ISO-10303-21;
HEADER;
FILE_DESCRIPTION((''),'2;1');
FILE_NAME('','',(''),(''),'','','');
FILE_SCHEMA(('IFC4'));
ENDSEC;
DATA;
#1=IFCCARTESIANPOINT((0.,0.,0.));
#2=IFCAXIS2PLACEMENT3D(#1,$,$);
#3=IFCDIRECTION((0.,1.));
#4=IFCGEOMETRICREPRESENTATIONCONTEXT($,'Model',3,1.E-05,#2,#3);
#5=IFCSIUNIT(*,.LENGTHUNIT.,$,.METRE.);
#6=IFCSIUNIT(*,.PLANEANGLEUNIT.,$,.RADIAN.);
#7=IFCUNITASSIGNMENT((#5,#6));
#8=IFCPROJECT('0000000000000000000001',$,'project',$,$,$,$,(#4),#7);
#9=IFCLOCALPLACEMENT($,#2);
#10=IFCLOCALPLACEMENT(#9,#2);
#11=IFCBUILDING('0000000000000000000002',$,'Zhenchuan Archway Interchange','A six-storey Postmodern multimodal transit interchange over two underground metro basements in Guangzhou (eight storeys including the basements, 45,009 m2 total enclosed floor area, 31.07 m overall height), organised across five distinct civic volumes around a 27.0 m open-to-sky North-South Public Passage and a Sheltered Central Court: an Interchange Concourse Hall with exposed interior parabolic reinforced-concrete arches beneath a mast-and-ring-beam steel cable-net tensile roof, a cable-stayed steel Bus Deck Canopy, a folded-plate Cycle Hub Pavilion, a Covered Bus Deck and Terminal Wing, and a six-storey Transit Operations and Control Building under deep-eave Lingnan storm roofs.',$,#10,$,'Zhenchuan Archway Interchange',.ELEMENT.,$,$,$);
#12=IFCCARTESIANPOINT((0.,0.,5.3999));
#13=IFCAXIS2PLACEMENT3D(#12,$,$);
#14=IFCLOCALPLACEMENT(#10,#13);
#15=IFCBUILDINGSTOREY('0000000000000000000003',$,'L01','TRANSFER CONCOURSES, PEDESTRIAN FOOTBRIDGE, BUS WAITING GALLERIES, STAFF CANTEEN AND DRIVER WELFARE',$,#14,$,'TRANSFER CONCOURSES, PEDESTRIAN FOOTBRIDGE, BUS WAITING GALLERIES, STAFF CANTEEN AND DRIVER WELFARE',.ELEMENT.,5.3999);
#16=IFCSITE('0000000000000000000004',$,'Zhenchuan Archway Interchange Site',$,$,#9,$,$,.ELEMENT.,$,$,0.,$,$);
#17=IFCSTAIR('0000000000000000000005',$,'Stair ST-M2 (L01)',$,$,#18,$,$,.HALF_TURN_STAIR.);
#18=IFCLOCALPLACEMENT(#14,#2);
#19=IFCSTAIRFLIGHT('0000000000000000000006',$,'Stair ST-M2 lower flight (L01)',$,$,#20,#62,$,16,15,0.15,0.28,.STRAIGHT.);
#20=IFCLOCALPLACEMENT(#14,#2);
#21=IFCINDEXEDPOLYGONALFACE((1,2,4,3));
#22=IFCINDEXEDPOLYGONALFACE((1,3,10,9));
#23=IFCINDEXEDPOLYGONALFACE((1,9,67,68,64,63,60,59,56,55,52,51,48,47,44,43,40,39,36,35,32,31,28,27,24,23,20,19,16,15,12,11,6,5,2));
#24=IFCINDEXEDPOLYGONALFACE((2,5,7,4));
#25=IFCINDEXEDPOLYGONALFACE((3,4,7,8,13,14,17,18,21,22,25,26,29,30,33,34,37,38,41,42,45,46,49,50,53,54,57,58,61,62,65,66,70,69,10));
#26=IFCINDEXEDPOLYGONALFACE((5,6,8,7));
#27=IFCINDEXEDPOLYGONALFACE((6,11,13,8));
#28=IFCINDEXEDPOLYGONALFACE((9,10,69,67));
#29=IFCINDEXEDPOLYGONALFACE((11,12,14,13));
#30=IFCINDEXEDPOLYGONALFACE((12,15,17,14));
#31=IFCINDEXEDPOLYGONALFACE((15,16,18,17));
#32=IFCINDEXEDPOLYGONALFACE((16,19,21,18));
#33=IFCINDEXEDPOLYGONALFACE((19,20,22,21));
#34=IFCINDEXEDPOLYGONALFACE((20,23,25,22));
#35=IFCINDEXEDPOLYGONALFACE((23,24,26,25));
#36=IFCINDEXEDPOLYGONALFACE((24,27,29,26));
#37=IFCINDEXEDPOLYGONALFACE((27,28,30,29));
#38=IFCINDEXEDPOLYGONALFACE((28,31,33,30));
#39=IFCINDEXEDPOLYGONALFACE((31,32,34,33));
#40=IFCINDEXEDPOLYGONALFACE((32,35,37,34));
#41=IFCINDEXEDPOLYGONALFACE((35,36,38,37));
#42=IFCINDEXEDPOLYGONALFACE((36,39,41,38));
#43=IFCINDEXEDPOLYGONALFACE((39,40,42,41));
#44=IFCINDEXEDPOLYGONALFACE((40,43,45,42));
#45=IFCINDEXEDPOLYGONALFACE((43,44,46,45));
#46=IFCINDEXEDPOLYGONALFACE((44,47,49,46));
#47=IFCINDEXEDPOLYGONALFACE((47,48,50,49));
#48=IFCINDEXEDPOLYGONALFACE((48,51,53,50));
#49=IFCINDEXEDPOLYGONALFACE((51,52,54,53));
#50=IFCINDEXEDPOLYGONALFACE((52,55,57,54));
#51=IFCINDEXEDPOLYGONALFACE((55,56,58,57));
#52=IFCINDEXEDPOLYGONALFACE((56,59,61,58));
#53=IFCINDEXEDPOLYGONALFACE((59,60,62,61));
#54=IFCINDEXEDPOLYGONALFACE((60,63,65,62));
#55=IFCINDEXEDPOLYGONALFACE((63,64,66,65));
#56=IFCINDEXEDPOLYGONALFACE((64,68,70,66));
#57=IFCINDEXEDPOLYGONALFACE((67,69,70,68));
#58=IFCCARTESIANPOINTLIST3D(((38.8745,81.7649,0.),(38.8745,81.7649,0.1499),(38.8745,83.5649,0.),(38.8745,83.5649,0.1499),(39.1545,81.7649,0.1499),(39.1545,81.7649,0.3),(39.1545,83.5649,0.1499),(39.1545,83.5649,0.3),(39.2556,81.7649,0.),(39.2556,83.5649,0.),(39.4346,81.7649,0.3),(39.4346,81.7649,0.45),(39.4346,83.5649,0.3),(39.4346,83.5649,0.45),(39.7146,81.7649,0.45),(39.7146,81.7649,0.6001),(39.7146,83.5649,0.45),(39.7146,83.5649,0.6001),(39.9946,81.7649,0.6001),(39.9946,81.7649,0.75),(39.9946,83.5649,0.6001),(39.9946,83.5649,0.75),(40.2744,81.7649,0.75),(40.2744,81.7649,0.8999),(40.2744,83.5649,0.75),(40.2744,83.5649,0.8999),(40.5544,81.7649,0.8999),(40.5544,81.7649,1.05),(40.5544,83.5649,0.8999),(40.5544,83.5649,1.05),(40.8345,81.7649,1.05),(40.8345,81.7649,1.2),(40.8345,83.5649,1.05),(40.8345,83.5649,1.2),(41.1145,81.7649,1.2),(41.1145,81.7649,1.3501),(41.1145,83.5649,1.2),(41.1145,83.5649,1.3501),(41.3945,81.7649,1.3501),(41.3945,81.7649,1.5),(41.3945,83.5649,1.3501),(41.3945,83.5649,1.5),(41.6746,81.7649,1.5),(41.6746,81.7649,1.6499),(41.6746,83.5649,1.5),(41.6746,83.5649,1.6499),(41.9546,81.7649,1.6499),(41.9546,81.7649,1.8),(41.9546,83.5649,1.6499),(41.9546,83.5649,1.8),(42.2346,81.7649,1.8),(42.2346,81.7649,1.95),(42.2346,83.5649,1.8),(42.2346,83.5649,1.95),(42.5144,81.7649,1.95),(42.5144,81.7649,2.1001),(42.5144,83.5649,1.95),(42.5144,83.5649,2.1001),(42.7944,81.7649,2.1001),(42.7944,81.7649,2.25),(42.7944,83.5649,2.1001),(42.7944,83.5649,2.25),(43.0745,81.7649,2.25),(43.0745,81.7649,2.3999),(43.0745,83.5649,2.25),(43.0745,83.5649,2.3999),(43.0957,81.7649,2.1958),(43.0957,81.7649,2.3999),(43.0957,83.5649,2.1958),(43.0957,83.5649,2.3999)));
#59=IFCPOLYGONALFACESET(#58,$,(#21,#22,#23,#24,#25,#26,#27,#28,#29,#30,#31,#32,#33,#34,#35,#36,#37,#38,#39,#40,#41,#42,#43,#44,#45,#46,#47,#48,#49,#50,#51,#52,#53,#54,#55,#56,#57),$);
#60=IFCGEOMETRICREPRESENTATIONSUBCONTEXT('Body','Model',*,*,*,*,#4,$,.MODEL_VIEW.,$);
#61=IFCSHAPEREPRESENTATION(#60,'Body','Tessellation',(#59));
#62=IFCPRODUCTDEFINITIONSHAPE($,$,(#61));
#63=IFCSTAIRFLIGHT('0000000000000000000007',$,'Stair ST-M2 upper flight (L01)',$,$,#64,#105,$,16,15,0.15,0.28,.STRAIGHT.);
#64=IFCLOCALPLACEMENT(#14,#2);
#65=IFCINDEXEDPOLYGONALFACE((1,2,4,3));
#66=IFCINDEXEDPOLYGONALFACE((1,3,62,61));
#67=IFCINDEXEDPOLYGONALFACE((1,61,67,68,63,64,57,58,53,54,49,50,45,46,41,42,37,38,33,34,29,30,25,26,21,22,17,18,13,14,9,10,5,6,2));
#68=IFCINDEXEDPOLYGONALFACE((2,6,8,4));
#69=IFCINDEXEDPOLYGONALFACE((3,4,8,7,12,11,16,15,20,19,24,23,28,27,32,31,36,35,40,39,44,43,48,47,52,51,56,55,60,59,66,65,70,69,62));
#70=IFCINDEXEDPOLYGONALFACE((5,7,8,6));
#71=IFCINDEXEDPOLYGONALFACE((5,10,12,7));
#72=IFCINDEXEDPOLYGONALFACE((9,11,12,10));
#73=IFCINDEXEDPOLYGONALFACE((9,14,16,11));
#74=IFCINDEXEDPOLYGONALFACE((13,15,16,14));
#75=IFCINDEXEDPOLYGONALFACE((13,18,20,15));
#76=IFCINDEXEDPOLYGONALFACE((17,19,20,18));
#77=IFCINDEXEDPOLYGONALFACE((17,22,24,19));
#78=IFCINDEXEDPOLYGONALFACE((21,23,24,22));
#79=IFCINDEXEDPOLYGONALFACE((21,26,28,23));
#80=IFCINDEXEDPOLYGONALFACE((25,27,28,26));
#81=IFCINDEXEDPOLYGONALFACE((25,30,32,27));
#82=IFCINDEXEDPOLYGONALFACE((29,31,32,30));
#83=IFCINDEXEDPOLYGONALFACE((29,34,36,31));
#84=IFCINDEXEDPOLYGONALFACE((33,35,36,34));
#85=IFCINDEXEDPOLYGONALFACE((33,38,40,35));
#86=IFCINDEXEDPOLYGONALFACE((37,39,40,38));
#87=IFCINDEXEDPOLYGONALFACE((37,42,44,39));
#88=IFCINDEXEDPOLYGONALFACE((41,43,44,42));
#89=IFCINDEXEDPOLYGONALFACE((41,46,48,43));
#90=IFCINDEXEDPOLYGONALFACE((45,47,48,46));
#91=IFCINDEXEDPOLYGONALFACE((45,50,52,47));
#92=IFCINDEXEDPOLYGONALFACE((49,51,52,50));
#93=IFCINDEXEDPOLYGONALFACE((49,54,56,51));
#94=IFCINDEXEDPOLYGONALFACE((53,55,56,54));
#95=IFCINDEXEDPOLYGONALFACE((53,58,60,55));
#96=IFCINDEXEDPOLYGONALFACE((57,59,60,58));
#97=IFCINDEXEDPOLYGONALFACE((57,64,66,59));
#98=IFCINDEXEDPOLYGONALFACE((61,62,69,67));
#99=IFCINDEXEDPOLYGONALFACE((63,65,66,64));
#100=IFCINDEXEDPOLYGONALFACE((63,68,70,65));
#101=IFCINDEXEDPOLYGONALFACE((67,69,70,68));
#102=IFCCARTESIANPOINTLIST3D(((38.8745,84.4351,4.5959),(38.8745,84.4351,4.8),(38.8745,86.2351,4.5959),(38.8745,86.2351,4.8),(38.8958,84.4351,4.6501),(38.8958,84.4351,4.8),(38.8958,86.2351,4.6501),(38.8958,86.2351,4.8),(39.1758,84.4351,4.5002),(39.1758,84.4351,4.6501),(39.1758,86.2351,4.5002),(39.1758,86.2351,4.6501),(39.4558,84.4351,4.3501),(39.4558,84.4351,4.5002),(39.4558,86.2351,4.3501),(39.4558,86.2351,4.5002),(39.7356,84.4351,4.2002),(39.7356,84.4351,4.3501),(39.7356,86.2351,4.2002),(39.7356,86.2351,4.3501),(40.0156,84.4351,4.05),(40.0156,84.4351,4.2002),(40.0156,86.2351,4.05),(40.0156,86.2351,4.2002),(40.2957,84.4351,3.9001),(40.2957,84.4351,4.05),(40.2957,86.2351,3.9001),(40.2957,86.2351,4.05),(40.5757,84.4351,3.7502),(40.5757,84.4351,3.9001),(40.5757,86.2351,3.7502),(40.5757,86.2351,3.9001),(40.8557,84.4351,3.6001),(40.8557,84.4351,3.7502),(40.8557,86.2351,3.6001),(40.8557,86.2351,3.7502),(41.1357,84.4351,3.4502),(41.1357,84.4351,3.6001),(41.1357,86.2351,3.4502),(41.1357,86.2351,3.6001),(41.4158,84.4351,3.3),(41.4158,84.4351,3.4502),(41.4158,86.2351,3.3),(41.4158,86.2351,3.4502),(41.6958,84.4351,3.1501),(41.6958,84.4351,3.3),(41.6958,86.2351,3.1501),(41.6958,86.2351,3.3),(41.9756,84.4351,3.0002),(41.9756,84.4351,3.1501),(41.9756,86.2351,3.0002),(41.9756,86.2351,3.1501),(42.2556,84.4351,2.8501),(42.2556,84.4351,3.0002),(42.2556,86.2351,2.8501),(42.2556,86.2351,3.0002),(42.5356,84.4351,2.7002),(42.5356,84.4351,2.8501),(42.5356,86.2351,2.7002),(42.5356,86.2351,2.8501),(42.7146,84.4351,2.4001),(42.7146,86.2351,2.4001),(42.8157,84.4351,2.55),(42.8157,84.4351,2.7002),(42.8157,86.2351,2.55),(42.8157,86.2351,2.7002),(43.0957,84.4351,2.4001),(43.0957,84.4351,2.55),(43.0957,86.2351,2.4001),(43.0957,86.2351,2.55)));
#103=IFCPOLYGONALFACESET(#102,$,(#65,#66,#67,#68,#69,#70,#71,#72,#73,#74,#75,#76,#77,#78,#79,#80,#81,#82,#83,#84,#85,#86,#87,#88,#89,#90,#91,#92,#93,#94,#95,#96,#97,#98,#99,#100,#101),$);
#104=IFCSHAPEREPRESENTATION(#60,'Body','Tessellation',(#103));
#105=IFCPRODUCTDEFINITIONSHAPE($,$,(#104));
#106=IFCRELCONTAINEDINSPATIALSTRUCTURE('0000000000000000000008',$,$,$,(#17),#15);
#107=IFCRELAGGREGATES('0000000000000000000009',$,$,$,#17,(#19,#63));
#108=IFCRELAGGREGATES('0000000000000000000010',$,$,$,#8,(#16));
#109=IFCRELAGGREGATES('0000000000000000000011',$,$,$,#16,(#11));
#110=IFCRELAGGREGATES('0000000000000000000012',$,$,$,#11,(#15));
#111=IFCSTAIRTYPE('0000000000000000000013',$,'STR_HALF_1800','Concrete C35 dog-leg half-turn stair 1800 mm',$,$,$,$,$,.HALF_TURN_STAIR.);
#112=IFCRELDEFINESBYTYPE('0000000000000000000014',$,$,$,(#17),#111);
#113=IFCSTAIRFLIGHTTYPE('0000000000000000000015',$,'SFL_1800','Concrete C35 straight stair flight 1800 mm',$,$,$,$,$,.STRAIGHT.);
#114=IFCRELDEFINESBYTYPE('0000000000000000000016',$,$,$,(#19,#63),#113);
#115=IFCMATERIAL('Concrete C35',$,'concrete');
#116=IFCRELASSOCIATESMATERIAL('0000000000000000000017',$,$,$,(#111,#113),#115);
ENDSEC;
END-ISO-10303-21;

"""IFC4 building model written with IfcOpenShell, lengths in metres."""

from ifc_helpers import new_model, si_unit, direction, frame, origin, place, context, subcontext, project, spatial, polyline, outline, extrude, material, type_object, element, aggregate, save


model = new_model("IFC4")

# Units and contexts
model_context = context("Model", 3, precision=1e-05, world=origin(), true_north=direction((0.0, 1.0)))
body_context = subcontext(model_context, "Body", "Model", "MODEL_VIEW")
ifc_project = project(units=[si_unit("LENGTHUNIT", "METRE"), si_unit("PLANEANGLEUNIT", "RADIAN")], contexts=[model_context])

# Site, building, storey
site_placement = place(None, origin())
site = spatial("IfcSite", under=ifc_project, at=site_placement, Name="Zhenchuan Archway Interchange Site", CompositionType="ELEMENT", RefElevation=0.0)
building_placement = place(site_placement, origin())
building = spatial("IfcBuilding", under=site, at=building_placement, Name="Zhenchuan Archway Interchange", Description="A six-storey Postmodern multimodal transit interchange over two underground metro basements in Guangzhou (eight storeys including the basements, 45,009 m2 total enclosed floor area, 31.07 m overall height), organised across five distinct civic volumes around a 27.0 m open-to-sky North-South Public Passage and a Sheltered Central Court: an Interchange Concourse Hall with exposed interior parabolic reinforced-concrete arches beneath a mast-and-ring-beam steel cable-net tensile roof, a cable-stayed steel Bus Deck Canopy, a folded-plate Cycle Hub Pavilion, a Covered Bus Deck and Terminal Wing, and a six-storey Transit Operations and Control Building under deep-eave Lingnan storm roofs.", LongName="Zhenchuan Archway Interchange", CompositionType="ELEMENT")
storey_placement = place(building_placement, frame((0.0, 0.0, 5.3999)))
storey = spatial("IfcBuildingStorey", under=building, at=storey_placement, Name="L01", Description="TRANSFER CONCOURSES, PEDESTRIAN FOOTBRIDGE, BUS WAITING GALLERIES, STAFF CANTEEN AND DRIVER WELFARE", LongName="TRANSFER CONCOURSES, PEDESTRIAN FOOTBRIDGE, BUS WAITING GALLERIES, STAFF CANTEEN AND DRIVER WELFARE", CompositionType="ELEMENT", Elevation=5.3999)

# Stair, stair flights
ifc_material_1 = material(Name="Concrete C35", Category="concrete")
stair_type = type_object("IfcStairType", Name="STR_HALF_1800", Description="Concrete C35 dog-leg half-turn stair 1800 mm", PredefinedType="HALF_TURN_STAIR", material=ifc_material_1)
stair_placement = place(storey_placement, origin())
stair = element("IfcStair", 1, at=stair_placement, inside=storey, type_object=stair_type, Name="Stair ST-M2 (L01)", PredefinedType="HALF_TURN_STAIR")
stair_flight_type = type_object("IfcStairFlightType", Name="SFL_1800", Description="Concrete C35 straight stair flight 1800 mm", PredefinedType="STRAIGHT", material=ifc_material_1)
stair_flight_1_placement = place(storey_placement, frame((38.8745, 82.665, 0.0), z_axis=(0.0, 0.0, 1.0), x_axis=(1.0, 0.0, 0.0)))
stair_flight_1 = element("IfcStairFlight", 2, at=stair_flight_1_placement, type_object=stair_flight_type, Name="Stair ST-M2 lower flight (L01)", NumberOfRisers=16, NumberOfTreads=15, PredefinedType="STRAIGHT", RiserHeight=0.15, TreadLength=0.28, context=body_context, shape_type="SweptSolid", body=[
    extrude(outline(polyline([(0.0, 0.0), (0.0, 0.1499), (0.28, 0.1499), (0.28, 0.3), (0.5601, 0.3), (0.5601, 0.45), (0.8401, 0.45), (0.8401, 0.6001), (1.1201, 0.6001), (1.1201, 0.75), (1.3999, 0.75), (1.3999, 0.8999), (1.6799, 0.8999), (1.6799, 1.05), (1.96, 1.05), (1.96, 1.2), (2.24, 1.2), (2.24, 1.3501), (2.52, 1.3501), (2.52, 1.5), (2.8, 1.5), (2.8, 1.6499), (3.0801, 1.6499), (3.0801, 1.8), (3.3601, 1.8), (3.3601, 1.95), (3.6399, 1.95), (3.6399, 2.1001), (3.9199, 2.1001), (3.9199, 2.25), (4.2, 2.25), (4.2, 2.3999), (4.2212, 2.3999), (4.2212, 2.1958), (0.3811, 0.0), (0.0, 0.0)])), frame((0.0, 0.8999, 0.0), z_axis=(0.0, -1.0, 0.0), x_axis=(1.0, 0.0, 0.0)), (0.0, 0.0, 1.0), 1.8),
])
stair_flight_2_placement = place(storey_placement, frame((43.0957, 85.335, 2.4001), z_axis=(0.0, 0.0, 1.0), x_axis=(-1.0, 0.0, 0.0)))
stair_flight_2 = element("IfcStairFlight", 3, at=stair_flight_2_placement, type_object=stair_flight_type, Name="Stair ST-M2 upper flight (L01)", NumberOfRisers=16, NumberOfTreads=15, PredefinedType="STRAIGHT", RiserHeight=0.15, TreadLength=0.28, context=body_context, shape_type="SweptSolid", body=[
    extrude(outline(polyline([(0.0, 0.0), (0.0, 0.1499), (0.28, 0.1499), (0.28, 0.3), (0.5601, 0.3), (0.5601, 0.45), (0.8401, 0.45), (0.8401, 0.6001), (1.1201, 0.6001), (1.1201, 0.75), (1.3999, 0.75), (1.3999, 0.8999), (1.6799, 0.8999), (1.6799, 1.05), (1.96, 1.05), (1.96, 1.2), (2.24, 1.2), (2.24, 1.3501), (2.52, 1.3501), (2.52, 1.5), (2.8, 1.5), (2.8, 1.6499), (3.0801, 1.6499), (3.0801, 1.8), (3.3601, 1.8), (3.3601, 1.95), (3.6399, 1.95), (3.6399, 2.1001), (3.9199, 2.1001), (3.9199, 2.25), (4.2, 2.25), (4.2, 2.3999), (4.2212, 2.3999), (4.2212, 2.1958), (0.3811, 0.0), (0.0, 0.0)])), frame((0.0, 0.8999, 0.0), z_axis=(0.0, -1.0, 0.0), x_axis=(1.0, 0.0, 0.0)), (0.0, 0.0, 1.0), 1.8),
])
aggregate(stair, [stair_flight_1, stair_flight_2])

save(model, "model.ifc")
